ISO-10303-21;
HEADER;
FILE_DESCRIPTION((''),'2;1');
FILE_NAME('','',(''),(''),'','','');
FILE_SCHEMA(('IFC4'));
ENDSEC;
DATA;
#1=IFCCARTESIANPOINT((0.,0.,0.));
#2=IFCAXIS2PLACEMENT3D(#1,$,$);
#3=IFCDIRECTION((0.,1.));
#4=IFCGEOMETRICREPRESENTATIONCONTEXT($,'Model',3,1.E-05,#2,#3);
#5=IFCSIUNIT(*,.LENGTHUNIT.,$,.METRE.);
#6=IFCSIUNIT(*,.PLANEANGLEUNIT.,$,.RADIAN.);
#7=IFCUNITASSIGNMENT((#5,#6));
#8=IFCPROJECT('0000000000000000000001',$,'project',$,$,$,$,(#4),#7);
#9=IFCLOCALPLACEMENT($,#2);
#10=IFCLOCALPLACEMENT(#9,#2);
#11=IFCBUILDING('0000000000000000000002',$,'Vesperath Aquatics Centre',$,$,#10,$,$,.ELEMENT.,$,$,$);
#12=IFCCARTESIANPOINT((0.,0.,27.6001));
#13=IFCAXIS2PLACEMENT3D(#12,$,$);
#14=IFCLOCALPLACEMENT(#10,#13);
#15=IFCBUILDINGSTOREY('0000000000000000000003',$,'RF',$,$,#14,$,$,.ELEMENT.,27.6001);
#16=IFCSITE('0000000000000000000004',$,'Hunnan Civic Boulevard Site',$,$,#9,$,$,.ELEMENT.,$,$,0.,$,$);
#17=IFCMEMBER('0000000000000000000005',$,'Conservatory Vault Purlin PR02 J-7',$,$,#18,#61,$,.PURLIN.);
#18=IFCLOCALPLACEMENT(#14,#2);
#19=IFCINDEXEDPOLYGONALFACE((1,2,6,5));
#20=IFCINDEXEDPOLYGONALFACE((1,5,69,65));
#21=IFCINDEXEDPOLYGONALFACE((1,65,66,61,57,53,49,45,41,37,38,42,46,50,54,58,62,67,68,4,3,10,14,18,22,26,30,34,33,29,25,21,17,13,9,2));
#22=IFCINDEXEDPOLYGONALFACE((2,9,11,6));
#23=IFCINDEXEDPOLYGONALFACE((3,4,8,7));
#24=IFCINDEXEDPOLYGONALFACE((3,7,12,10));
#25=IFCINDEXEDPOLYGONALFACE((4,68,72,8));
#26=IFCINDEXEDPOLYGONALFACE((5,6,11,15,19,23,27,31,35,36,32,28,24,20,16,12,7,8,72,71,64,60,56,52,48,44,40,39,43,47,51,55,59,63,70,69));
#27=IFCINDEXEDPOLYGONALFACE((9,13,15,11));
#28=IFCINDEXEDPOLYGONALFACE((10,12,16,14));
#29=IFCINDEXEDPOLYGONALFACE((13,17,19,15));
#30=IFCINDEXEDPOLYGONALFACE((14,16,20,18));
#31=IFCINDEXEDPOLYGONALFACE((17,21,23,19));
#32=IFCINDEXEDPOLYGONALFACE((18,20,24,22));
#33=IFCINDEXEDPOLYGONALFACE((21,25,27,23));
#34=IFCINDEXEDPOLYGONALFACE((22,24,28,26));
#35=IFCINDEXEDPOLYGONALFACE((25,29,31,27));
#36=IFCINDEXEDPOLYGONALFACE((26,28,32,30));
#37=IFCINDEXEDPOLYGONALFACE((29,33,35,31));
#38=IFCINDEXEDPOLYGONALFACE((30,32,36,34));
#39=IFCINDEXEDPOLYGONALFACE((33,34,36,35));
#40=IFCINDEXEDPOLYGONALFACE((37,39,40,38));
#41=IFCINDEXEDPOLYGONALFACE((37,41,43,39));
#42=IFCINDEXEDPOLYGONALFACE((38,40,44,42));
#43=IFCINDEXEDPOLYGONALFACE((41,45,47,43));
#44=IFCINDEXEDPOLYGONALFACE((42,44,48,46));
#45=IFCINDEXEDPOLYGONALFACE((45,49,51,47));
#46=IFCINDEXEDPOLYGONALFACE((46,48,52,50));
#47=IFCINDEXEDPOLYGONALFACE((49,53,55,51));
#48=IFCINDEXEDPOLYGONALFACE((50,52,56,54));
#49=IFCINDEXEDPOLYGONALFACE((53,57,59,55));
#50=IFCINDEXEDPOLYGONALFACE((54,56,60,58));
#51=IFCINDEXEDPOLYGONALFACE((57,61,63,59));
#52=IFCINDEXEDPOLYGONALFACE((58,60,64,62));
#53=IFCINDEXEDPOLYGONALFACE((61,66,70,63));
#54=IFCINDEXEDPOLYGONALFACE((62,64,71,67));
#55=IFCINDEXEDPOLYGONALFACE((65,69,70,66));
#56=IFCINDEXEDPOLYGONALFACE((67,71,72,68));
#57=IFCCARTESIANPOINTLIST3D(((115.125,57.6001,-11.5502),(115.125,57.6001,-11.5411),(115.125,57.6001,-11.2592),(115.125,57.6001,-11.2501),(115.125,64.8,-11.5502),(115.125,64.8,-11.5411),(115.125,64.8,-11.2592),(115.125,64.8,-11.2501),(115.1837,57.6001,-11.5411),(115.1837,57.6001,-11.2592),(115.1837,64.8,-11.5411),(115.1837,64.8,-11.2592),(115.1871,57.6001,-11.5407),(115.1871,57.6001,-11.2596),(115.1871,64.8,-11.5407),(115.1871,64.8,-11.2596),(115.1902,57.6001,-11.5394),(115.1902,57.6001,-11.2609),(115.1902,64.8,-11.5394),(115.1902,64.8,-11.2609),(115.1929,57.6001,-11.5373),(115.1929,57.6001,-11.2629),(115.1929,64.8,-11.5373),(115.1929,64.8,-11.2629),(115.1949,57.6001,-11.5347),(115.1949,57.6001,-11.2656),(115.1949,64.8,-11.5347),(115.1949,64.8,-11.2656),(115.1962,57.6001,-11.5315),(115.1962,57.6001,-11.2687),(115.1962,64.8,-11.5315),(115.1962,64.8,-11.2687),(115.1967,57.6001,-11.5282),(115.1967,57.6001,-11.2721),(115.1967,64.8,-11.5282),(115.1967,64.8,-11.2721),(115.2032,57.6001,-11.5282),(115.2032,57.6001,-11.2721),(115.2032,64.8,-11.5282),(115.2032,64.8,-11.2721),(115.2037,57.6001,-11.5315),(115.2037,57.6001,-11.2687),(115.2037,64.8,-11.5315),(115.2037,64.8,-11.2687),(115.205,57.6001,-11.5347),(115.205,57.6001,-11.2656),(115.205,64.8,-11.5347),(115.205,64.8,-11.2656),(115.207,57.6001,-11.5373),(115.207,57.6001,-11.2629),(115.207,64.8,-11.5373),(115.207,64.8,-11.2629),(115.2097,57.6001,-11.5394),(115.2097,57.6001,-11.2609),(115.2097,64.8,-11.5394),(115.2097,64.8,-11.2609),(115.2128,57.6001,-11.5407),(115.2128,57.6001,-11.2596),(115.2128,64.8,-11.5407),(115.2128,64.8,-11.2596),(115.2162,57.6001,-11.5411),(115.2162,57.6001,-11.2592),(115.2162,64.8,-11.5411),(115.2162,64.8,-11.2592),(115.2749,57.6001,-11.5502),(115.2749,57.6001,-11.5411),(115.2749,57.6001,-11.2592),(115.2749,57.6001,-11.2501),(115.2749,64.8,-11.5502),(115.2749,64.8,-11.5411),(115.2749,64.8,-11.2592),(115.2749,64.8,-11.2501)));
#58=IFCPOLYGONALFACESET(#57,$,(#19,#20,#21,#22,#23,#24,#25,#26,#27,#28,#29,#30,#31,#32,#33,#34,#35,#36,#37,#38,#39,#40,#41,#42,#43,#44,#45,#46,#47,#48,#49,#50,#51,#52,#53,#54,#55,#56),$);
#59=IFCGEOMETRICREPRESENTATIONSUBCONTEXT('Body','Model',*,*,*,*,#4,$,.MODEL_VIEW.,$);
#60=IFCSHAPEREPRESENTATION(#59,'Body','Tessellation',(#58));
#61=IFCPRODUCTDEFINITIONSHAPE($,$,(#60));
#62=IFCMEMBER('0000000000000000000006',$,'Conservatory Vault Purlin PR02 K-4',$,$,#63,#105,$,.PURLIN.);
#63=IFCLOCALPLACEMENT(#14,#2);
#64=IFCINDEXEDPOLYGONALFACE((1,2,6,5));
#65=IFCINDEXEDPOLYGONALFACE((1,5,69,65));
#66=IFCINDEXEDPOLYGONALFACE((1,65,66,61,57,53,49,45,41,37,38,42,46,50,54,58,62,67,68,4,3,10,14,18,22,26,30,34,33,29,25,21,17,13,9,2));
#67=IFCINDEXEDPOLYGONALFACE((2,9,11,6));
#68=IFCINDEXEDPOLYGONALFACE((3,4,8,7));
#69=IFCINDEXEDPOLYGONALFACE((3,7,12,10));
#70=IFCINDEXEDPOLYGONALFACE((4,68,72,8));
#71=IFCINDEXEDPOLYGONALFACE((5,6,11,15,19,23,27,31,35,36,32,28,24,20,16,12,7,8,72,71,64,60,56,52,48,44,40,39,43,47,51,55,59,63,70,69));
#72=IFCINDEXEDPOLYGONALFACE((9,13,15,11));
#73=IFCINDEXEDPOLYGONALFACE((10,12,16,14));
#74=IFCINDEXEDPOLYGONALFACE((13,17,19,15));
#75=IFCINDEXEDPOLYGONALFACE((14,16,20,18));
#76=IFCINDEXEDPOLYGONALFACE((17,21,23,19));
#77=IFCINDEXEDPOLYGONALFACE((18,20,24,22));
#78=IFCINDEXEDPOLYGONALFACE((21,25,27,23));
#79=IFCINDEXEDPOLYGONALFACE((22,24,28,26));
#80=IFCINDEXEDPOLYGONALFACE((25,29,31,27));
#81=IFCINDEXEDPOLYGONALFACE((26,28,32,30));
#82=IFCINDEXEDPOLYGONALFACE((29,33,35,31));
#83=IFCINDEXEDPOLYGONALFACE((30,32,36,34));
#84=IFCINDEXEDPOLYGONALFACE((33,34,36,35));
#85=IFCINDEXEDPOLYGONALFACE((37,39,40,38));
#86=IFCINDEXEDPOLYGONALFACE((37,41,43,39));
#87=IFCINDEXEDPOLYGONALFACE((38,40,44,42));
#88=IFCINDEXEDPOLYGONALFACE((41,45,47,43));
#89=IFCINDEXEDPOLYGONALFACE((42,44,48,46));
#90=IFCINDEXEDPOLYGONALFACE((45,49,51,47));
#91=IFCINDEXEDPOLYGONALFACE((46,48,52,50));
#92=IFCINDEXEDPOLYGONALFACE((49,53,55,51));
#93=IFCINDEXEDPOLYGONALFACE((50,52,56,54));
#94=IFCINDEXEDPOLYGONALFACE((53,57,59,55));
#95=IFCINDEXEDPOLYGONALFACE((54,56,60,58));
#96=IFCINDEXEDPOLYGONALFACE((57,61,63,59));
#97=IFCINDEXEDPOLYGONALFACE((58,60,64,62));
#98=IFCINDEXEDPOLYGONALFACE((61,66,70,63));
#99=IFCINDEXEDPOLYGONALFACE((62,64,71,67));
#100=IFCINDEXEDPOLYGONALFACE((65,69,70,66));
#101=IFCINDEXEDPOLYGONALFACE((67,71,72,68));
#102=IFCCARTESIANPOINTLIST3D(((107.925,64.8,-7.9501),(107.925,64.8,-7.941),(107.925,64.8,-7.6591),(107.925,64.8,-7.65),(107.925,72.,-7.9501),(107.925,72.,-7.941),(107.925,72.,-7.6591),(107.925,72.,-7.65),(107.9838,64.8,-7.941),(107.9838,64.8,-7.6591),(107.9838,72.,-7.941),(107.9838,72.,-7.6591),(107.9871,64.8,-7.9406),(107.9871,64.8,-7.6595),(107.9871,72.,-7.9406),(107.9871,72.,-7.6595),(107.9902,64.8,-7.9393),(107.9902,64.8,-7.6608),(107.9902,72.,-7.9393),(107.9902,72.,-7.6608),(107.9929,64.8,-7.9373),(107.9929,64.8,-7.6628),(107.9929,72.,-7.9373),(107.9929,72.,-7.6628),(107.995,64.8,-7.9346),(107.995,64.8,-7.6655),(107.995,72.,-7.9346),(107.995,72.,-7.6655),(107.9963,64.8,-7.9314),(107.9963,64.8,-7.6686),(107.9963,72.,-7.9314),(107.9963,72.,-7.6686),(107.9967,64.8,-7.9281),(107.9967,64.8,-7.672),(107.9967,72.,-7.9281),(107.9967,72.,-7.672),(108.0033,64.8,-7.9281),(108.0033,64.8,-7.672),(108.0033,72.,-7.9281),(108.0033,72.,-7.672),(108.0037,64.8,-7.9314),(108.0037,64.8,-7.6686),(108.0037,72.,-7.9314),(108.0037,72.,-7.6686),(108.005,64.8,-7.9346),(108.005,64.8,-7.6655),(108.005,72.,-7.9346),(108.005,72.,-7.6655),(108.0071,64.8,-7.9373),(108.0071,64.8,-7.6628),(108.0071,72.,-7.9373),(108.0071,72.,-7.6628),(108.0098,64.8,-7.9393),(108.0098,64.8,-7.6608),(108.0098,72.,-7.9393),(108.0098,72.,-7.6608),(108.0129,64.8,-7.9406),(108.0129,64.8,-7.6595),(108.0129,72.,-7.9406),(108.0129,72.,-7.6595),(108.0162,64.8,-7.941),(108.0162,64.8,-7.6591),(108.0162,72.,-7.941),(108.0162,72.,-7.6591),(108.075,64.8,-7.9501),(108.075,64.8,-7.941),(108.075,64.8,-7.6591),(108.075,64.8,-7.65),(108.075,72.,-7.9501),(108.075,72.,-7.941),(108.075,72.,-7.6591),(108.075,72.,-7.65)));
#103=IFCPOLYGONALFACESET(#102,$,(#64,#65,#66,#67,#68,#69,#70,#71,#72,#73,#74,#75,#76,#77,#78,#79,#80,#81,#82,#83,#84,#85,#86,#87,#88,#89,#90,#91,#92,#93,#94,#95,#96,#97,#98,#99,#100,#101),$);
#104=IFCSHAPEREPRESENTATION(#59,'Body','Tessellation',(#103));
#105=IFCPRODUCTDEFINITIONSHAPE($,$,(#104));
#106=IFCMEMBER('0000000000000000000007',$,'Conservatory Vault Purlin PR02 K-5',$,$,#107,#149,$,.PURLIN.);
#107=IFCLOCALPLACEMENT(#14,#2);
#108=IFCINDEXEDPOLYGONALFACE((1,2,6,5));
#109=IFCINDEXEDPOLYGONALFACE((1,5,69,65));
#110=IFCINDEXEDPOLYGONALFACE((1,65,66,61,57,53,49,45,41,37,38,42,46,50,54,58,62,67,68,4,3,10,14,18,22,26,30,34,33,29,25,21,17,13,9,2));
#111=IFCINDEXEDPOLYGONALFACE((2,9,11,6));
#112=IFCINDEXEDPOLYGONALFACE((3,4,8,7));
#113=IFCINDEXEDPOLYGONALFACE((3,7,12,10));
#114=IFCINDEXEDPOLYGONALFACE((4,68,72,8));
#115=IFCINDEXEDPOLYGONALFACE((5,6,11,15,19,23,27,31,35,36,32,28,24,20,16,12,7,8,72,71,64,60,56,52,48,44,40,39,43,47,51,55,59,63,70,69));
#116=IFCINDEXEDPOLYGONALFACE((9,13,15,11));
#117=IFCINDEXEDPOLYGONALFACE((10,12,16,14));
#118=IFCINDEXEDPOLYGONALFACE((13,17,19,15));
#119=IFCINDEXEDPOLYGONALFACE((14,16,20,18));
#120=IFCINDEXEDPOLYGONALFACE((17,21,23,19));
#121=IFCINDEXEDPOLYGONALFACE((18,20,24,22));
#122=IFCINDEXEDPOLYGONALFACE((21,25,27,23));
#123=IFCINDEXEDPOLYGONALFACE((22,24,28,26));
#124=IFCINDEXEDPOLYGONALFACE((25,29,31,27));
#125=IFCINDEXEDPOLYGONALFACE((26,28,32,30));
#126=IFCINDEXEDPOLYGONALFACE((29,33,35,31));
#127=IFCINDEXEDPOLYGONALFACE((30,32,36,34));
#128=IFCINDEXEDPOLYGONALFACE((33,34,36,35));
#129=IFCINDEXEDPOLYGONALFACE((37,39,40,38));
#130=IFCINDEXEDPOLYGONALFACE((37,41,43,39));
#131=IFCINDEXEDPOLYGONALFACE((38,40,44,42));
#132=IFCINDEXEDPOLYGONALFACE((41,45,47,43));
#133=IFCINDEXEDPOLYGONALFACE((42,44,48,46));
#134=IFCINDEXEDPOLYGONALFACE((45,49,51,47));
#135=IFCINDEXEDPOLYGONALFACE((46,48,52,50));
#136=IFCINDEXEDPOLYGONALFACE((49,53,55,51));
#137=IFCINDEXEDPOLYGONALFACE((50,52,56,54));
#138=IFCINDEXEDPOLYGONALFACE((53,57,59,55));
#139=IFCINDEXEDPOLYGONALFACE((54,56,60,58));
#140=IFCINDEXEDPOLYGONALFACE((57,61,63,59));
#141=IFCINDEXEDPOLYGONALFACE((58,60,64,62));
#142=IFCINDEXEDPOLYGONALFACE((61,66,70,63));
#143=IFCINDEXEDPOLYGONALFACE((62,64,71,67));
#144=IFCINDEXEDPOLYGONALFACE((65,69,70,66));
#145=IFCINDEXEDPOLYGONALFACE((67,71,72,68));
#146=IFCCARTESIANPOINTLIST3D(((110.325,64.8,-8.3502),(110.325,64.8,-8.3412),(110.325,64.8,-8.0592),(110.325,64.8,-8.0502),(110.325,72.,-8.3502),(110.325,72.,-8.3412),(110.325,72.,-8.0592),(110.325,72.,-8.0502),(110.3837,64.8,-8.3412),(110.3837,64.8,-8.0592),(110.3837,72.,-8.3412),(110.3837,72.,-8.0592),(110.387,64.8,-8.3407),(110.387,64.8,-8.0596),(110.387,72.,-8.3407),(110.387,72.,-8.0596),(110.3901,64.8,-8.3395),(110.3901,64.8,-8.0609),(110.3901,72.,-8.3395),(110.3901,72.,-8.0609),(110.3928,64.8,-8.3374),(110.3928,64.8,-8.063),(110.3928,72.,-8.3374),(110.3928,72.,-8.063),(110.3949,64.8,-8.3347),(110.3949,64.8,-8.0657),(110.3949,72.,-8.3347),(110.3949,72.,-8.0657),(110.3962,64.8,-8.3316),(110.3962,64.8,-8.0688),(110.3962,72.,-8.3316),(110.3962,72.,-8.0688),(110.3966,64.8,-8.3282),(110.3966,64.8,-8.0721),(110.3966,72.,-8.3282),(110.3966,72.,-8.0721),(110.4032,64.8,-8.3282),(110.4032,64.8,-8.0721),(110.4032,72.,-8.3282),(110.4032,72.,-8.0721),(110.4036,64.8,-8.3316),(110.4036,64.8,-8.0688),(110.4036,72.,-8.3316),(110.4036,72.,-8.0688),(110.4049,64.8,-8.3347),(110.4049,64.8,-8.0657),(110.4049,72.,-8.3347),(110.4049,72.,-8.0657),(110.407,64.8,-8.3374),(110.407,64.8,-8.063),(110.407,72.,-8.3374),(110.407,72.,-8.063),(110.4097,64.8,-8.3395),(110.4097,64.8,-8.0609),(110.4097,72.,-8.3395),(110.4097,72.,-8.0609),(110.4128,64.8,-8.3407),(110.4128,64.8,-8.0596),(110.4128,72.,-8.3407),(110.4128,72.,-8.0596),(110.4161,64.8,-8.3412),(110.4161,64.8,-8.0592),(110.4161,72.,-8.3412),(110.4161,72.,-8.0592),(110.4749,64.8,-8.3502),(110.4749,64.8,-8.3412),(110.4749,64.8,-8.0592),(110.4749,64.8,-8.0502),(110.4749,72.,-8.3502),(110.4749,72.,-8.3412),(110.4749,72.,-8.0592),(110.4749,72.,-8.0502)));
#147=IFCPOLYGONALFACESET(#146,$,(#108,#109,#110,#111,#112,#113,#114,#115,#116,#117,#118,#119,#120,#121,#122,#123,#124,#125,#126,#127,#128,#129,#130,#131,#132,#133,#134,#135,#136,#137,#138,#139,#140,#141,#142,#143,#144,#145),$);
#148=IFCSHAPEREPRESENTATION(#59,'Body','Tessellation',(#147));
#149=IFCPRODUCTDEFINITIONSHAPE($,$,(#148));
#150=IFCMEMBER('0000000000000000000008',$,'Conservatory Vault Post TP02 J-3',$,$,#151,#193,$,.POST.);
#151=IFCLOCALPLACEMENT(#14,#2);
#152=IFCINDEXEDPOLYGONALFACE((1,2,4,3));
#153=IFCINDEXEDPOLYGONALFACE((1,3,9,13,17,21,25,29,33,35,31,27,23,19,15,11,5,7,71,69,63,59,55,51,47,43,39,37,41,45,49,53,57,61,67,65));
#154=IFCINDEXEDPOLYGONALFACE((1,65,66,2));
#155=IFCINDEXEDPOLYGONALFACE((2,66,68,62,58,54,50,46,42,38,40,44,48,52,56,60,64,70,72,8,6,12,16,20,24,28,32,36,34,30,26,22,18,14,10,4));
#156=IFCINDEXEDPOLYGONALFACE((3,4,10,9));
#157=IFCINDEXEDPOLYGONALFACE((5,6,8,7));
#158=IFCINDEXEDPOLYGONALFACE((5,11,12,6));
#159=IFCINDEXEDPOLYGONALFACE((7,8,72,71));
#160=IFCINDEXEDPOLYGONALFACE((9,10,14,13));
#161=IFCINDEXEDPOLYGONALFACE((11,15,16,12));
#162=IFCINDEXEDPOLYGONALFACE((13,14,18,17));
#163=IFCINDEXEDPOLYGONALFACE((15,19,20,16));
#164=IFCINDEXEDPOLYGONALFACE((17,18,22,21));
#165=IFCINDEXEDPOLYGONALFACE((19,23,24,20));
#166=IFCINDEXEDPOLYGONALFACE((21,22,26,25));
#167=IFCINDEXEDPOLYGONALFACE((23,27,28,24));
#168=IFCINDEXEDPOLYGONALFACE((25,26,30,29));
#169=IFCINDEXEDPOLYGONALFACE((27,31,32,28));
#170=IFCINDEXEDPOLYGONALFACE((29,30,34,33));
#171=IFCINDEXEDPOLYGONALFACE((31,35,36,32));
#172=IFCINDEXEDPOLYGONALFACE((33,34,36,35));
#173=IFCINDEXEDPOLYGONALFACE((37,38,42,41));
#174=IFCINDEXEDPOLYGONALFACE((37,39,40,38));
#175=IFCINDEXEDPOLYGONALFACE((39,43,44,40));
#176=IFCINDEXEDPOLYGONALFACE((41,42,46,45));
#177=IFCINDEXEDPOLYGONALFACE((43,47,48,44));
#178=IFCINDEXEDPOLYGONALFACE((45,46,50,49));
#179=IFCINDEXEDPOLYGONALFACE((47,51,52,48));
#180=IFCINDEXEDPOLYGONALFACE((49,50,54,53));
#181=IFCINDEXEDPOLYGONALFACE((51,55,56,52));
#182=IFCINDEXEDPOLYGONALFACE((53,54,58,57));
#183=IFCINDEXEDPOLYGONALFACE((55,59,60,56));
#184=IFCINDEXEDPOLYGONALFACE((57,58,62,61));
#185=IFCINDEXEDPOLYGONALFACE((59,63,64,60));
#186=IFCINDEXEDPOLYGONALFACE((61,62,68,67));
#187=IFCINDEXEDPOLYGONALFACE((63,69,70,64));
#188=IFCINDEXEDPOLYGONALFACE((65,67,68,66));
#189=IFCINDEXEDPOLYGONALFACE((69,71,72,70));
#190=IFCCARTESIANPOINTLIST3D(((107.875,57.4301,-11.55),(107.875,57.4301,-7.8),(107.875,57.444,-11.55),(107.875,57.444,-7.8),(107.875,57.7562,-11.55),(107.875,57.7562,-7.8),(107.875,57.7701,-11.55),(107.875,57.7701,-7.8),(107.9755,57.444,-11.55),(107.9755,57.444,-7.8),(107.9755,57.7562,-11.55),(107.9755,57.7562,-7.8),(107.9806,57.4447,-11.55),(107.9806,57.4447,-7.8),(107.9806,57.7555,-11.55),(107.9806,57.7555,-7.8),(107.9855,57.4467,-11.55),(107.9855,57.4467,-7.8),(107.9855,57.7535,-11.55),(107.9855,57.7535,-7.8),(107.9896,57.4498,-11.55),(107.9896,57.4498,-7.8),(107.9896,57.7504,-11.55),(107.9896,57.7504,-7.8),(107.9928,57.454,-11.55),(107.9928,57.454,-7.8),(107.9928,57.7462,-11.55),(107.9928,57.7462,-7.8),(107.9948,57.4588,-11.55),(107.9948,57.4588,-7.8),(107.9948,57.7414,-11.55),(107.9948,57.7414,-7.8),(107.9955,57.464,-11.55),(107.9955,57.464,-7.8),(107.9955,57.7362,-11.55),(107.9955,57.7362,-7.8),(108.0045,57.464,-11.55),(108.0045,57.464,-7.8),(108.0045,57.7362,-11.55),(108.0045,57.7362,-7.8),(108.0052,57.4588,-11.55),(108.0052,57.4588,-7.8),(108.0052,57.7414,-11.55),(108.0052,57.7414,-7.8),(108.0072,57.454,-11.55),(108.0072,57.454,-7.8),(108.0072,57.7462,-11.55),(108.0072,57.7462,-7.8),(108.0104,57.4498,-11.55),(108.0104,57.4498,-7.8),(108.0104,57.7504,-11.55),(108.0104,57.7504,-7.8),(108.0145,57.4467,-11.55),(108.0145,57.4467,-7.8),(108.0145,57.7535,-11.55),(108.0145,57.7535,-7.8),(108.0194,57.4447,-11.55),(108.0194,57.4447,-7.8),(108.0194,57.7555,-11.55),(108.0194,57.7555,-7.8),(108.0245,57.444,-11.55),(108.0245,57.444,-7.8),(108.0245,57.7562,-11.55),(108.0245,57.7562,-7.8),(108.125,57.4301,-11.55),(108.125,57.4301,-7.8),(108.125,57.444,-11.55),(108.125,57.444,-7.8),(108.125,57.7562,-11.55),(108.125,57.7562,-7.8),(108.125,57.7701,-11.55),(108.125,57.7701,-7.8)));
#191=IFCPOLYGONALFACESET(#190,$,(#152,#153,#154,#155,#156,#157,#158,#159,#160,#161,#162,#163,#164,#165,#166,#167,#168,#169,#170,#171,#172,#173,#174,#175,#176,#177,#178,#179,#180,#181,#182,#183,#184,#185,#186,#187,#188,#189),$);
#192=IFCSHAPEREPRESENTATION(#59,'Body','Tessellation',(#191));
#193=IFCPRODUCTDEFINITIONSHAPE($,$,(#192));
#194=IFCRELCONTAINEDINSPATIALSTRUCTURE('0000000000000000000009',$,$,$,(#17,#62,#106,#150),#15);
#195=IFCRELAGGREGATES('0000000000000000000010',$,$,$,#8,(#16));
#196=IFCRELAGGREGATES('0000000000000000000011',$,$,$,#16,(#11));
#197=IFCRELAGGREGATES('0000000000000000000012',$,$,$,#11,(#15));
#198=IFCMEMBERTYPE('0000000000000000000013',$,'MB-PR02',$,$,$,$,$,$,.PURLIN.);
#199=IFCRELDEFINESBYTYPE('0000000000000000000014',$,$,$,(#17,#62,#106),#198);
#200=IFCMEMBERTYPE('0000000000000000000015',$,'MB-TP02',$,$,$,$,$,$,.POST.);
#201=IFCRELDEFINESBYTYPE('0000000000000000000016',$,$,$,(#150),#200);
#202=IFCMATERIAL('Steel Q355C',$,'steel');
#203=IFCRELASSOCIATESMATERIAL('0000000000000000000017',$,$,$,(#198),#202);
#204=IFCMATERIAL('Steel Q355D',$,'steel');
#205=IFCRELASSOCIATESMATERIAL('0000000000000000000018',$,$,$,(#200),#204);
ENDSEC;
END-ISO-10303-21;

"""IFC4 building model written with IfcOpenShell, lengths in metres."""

from ifc_helpers import new_model, si_unit, direction, frame, origin, origin_2d, place, context, subcontext, project, spatial, i_section, extrude, material, material_profile, profile_set, type_object, element, save


model = new_model("IFC4")

# Units and contexts
model_context = context("Model", 3, precision=1e-05, world=origin(), true_north=direction((0.0, 1.0)))
body_context = subcontext(model_context, "Body", "Model", "MODEL_VIEW")
ifc_project = project(units=[si_unit("LENGTHUNIT", "METRE"), si_unit("PLANEANGLEUNIT", "RADIAN")], contexts=[model_context])

# Site, building, storey
site_placement = place(None, origin())
site = spatial("IfcSite", under=ifc_project, at=site_placement, Name="Hunnan Civic Boulevard Site", CompositionType="ELEMENT", RefElevation=0.0)
building_placement = place(site_placement, origin())
building = spatial("IfcBuilding", under=site, at=building_placement, Name="Vesperath Aquatics Centre", CompositionType="ELEMENT")
storey_placement = place(building_placement, frame((0.0, 0.0, 27.6001)))
storey = spatial("IfcBuildingStorey", under=building, at=storey_placement, Name="RF", CompositionType="ELEMENT", Elevation=27.6001)

# Members
ifc_material_1 = material(Name="Steel Q355D", Category="steel")
ifc_material_2 = material(Name="Steel Q355C", Category="steel")
ifc_material_profile_1 = material_profile(ifc_material_2, i_section(OverallWidth=0.1499, OverallDepth=0.3, WebThickness=0.0066, FlangeThickness=0.009, FilletRadius=0.0129, at=origin_2d()), Name="HN 300x150x6.5x9")
ifc_profile_set_1 = profile_set([ifc_material_profile_1], Name="Steel Q355C")
member_type_1 = type_object("IfcMemberType", Name="MB-PR02", PredefinedType="PURLIN", material=ifc_profile_set_1)
for number, where, z_axis, x_axis, name in (
    (1, (115.2, 57.6001, -11.4001), (0.0, 1.0, 0.0), (-1.0, 0.0, 0.0), "Conservatory Vault Purlin PR02 J-7"),
    (2, (108.0, 64.8, -7.8), (0.0, 1.0, 0.0), (-1.0, 0.0, 0.0), "Conservatory Vault Purlin PR02 K-4"),
    (3, (110.3999, 64.8, -8.2002), (0.0, 1.0, 0.0), (-1.0, 0.0, 0.0), "Conservatory Vault Purlin PR02 K-5"),
):
    element("IfcMember", number, at=place(storey_placement, frame(where, z_axis=z_axis, x_axis=x_axis)), inside=storey, type_object=member_type_1, Name=name, PredefinedType="PURLIN", context=body_context, shape_type="SweptSolid", body=[
        extrude(i_section(OverallWidth=0.1499, OverallDepth=0.3, WebThickness=0.0066, FlangeThickness=0.009, FilletRadius=0.0129, at=origin_2d()), origin(), (0.0, 0.0, 1.0), 7.2),
    ])
ifc_material_profile_2 = material_profile(ifc_material_1, i_section(OverallWidth=0.25, OverallDepth=0.3401, WebThickness=0.009, FlangeThickness=0.0139, FilletRadius=0.02, at=origin_2d()), Name="HM 340x250x9x14")
ifc_profile_set_2 = profile_set([ifc_material_profile_2], Name="Steel Q355D")
member_type_2 = type_object("IfcMemberType", Name="MB-TP02", PredefinedType="POST", material=ifc_profile_set_2)
member_1_placement = place(storey_placement, frame((108.0, 57.6001, -11.55), z_axis=(0.0, 0.0, 1.0), x_axis=(1.0, 0.0, 0.0)))
element("IfcMember", 4, at=member_1_placement, inside=storey, type_object=member_type_2, Name="Conservatory Vault Post TP02 J-3", PredefinedType="POST", context=body_context, shape_type="SweptSolid", body=[
    extrude(i_section(OverallWidth=0.25, OverallDepth=0.3401, WebThickness=0.009, FlangeThickness=0.0139, FilletRadius=0.02, at=origin_2d()), origin(), (0.0, 0.0, 1.0), 3.75),
])

save(model, "model.ifc")
